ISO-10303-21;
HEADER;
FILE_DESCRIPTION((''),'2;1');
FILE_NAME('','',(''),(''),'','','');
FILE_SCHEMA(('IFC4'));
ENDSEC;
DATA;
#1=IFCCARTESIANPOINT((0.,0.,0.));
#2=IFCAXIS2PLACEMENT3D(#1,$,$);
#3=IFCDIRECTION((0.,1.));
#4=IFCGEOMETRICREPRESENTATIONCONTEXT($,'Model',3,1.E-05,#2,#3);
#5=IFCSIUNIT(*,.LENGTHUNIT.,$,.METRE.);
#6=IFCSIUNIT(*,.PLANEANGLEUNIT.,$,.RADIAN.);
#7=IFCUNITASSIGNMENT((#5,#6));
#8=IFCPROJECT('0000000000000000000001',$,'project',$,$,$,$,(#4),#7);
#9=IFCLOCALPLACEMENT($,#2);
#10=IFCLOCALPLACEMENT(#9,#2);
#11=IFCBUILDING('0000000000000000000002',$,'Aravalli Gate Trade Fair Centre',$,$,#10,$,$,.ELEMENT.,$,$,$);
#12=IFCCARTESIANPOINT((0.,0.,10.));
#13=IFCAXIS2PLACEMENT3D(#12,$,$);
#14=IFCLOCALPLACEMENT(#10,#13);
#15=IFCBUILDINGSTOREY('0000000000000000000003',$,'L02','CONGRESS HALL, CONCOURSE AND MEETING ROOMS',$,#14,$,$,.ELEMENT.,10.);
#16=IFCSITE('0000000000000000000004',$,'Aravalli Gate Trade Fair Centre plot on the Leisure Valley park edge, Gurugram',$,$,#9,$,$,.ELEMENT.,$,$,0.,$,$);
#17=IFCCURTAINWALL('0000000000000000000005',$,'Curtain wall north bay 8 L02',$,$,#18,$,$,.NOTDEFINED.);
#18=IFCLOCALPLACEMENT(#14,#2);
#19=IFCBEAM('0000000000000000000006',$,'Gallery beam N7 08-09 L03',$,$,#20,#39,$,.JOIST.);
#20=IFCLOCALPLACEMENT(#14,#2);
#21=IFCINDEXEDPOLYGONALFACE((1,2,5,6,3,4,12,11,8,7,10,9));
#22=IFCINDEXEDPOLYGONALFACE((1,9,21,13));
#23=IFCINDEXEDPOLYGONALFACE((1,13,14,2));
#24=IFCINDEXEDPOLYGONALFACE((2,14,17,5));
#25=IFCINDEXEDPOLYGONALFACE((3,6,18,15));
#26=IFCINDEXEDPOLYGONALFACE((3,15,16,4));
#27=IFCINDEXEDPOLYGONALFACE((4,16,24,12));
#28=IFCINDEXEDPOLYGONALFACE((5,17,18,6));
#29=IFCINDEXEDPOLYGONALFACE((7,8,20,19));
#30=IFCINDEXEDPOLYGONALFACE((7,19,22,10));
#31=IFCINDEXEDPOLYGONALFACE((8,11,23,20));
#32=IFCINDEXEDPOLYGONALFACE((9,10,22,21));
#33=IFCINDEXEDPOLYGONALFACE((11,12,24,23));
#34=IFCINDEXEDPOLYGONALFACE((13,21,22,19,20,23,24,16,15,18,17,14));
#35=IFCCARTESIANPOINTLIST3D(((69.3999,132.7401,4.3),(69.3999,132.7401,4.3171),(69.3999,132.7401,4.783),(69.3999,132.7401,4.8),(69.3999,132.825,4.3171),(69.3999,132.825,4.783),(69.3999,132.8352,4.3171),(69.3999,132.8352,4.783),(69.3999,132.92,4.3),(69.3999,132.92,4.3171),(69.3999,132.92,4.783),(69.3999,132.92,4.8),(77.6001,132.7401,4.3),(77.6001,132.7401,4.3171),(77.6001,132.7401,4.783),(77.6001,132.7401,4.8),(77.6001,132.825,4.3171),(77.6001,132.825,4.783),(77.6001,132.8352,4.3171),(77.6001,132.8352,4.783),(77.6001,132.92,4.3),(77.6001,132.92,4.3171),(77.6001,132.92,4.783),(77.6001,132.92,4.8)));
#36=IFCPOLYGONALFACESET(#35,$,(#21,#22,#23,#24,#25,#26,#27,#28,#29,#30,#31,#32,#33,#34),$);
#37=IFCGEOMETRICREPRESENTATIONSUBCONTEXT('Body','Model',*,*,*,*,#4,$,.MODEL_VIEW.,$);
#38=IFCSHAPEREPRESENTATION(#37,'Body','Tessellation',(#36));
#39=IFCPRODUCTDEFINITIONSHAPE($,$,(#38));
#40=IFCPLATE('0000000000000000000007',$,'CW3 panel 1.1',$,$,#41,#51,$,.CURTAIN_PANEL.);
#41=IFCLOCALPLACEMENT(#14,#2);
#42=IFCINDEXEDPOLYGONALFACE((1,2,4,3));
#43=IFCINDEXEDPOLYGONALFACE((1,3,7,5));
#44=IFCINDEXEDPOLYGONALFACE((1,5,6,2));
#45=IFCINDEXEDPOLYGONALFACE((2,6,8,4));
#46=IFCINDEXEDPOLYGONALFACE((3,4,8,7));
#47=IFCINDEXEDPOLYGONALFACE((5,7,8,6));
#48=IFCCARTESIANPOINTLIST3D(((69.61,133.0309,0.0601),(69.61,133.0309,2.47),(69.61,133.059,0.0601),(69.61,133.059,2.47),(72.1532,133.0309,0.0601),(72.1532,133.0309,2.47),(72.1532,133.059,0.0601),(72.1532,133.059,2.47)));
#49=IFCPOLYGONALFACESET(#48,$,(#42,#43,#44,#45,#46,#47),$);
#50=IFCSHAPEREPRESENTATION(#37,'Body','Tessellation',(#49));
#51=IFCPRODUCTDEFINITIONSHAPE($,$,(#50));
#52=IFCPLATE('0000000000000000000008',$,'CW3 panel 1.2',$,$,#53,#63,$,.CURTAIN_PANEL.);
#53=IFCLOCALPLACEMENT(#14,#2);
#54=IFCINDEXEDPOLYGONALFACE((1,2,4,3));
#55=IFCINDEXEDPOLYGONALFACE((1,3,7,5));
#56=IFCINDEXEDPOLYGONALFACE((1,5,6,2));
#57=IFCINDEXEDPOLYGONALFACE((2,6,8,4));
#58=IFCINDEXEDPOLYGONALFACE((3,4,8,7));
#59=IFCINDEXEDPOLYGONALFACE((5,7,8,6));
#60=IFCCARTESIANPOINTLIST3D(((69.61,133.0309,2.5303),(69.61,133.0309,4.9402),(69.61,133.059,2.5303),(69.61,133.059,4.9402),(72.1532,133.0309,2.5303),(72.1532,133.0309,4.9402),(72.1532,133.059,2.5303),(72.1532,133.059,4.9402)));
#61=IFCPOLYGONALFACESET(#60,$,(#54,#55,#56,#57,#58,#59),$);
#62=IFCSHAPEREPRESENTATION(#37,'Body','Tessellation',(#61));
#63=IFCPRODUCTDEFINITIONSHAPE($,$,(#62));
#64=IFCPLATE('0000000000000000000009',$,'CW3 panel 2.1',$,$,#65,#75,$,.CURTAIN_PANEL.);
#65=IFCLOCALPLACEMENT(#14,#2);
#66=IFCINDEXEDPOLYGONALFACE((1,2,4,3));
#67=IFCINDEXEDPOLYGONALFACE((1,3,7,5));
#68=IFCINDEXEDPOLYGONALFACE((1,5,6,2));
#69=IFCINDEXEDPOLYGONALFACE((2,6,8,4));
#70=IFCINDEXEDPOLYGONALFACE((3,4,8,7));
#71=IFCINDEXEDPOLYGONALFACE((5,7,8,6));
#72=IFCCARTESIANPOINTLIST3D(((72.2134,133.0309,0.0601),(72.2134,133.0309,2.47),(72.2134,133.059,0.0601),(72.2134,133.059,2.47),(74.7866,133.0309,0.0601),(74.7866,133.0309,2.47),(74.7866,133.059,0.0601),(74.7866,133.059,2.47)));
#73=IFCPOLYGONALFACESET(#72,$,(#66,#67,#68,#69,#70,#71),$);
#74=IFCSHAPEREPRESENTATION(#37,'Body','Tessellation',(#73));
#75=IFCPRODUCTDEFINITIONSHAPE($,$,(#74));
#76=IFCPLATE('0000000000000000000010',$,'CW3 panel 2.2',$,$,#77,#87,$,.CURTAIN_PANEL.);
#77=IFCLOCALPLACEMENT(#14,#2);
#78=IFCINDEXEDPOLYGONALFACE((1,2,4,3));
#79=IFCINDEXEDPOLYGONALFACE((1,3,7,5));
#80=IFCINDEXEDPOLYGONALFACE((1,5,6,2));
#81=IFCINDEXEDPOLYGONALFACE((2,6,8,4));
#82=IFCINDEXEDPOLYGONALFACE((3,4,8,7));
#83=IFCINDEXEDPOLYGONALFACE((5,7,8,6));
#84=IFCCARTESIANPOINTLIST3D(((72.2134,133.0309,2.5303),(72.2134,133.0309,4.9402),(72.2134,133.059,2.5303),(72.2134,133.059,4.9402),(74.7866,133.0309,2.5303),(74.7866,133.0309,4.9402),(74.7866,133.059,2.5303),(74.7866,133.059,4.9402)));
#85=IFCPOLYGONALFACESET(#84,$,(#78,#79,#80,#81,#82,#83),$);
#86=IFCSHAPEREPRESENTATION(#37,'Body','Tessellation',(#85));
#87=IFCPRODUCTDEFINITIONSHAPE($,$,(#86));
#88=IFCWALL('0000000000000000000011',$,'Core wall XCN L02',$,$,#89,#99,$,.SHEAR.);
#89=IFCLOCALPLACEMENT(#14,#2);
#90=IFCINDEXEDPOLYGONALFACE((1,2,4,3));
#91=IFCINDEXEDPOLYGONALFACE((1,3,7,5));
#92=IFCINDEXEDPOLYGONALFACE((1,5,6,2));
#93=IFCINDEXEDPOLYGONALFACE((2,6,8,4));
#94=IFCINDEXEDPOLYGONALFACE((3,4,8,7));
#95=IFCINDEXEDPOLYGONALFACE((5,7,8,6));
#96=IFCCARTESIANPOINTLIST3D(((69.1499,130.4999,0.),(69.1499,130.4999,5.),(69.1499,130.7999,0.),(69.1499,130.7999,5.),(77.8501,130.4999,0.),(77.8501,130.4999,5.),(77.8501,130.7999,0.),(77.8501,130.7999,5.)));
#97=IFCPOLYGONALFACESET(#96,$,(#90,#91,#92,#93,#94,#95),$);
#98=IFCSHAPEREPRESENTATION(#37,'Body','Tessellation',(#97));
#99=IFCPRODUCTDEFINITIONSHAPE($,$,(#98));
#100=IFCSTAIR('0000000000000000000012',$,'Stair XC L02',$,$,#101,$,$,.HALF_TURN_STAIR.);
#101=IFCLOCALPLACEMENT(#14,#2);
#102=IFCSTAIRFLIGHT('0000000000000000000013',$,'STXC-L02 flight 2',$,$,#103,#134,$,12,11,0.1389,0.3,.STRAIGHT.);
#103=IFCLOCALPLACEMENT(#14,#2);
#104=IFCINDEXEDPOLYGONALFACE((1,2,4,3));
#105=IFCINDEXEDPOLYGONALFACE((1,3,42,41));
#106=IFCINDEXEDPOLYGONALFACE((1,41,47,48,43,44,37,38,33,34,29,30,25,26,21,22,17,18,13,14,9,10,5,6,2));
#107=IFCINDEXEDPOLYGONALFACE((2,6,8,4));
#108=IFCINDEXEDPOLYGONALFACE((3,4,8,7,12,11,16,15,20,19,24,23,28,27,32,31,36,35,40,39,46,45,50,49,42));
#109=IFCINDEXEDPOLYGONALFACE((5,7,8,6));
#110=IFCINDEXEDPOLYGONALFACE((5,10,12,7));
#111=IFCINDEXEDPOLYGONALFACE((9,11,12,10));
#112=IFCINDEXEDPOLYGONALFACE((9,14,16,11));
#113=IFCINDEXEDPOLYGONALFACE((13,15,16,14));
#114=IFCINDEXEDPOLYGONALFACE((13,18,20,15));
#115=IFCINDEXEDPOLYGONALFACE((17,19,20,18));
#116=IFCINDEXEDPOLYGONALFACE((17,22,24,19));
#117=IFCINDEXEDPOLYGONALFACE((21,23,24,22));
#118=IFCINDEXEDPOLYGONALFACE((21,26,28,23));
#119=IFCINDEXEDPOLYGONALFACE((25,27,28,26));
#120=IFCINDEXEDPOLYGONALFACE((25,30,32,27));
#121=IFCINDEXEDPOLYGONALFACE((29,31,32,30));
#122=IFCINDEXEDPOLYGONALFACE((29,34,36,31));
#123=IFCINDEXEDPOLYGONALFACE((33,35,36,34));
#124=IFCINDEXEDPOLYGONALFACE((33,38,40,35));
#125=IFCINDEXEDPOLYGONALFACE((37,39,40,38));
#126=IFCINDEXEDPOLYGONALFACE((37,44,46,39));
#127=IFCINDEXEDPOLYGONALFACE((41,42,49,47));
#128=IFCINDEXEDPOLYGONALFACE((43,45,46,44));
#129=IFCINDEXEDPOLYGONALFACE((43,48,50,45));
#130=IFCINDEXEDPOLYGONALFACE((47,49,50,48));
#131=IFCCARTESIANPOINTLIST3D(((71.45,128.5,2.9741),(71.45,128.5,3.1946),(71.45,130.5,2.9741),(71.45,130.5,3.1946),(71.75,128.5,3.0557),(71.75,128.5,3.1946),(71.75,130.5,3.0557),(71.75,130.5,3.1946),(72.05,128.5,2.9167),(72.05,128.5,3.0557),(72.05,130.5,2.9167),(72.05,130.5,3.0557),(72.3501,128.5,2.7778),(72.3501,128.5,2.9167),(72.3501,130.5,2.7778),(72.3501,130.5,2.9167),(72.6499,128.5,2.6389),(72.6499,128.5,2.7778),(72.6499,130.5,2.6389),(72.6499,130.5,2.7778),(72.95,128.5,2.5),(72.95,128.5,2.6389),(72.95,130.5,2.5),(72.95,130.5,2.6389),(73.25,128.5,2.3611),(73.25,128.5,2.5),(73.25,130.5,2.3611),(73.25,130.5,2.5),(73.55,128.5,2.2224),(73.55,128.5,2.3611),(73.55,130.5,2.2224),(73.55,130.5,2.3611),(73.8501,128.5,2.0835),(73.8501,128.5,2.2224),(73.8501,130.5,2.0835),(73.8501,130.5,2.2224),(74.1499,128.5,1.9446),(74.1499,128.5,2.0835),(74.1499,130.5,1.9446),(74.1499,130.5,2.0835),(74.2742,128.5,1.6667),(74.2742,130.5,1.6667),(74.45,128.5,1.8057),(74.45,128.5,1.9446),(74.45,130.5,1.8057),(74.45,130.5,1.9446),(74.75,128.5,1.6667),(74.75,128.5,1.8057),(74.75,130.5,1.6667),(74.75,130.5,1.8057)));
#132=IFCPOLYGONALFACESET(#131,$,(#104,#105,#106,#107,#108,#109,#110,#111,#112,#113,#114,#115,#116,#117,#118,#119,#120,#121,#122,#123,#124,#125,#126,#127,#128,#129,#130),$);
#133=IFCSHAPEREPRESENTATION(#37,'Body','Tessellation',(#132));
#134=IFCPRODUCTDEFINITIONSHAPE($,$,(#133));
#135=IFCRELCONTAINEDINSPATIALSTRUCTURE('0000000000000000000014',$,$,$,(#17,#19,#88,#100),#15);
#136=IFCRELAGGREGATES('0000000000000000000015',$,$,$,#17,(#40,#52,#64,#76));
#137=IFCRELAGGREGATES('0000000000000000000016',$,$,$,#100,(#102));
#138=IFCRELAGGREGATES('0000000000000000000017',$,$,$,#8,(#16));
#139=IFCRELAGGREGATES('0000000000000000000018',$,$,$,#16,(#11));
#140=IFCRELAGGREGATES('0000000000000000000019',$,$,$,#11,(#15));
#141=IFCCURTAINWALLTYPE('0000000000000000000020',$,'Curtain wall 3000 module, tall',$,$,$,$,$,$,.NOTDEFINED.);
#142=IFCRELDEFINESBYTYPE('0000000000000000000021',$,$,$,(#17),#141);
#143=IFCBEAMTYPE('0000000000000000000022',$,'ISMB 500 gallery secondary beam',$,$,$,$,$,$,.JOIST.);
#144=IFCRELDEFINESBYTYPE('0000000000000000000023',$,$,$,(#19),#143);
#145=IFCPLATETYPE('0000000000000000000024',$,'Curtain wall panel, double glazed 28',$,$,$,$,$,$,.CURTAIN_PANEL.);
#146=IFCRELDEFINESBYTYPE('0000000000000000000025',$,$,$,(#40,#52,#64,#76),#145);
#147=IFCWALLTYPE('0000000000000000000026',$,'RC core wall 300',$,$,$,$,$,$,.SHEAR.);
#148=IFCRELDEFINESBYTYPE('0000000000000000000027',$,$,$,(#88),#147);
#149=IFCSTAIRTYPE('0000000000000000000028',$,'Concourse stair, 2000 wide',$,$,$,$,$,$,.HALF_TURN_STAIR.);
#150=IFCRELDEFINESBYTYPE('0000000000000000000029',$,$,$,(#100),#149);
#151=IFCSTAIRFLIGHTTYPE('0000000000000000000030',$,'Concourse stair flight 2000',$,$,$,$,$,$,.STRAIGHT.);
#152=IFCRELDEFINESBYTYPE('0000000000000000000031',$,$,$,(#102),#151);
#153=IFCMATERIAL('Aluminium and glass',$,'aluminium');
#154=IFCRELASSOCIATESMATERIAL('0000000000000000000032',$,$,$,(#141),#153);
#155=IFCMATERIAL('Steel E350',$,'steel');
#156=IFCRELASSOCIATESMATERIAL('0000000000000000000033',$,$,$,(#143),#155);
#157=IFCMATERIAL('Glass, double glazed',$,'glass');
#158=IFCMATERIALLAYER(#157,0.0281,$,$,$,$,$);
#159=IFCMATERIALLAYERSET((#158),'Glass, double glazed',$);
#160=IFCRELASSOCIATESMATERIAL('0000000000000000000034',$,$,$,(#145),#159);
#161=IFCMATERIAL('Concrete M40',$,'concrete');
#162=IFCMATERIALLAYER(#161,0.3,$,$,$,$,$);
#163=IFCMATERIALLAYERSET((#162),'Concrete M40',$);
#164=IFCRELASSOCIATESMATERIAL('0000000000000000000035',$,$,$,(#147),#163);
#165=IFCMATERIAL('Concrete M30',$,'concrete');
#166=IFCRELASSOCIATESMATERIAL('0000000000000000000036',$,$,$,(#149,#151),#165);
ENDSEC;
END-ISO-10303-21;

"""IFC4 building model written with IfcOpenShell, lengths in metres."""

from ifc_helpers import new_model, si_unit, direction, frame, frame_2d, origin, origin_2d, place, context, subcontext, project, spatial, polyline, rectangle, i_section, outline, extrude, material, layer, layer_set, material_profile, profile_set, type_object, element, aggregate, save


model = new_model("IFC4")

# Units and contexts
model_context = context("Model", 3, precision=1e-05, world=origin(), true_north=direction((0.0, 1.0)))
body_context = subcontext(model_context, "Body", "Model", "MODEL_VIEW")
ifc_project = project(units=[si_unit("LENGTHUNIT", "METRE"), si_unit("PLANEANGLEUNIT", "RADIAN")], contexts=[model_context])

# Site, building, storey
site_placement = place(None, origin())
site = spatial("IfcSite", under=ifc_project, at=site_placement, Name="Aravalli Gate Trade Fair Centre plot on the Leisure Valley park edge, Gurugram", CompositionType="ELEMENT", RefElevation=0.0)
building_placement = place(site_placement, origin())
building = spatial("IfcBuilding", under=site, at=building_placement, Name="Aravalli Gate Trade Fair Centre", CompositionType="ELEMENT")
storey_placement = place(building_placement, frame((0.0, 0.0, 10.0)))
storey = spatial("IfcBuildingStorey", under=building, at=storey_placement, Name="L02", Description="CONGRESS HALL, CONCOURSE AND MEETING ROOMS", CompositionType="ELEMENT", Elevation=10.0)

# Curtain wall
ifc_material_1 = material(Name="Aluminium and glass", Category="aluminium")
curtain_wall_type = type_object("IfcCurtainWallType", Name="Curtain wall 3000 module, tall", PredefinedType="NOTDEFINED", material=ifc_material_1)
curtain_wall_placement = place(storey_placement, origin())
curtain_wall = element("IfcCurtainWall", 1, at=curtain_wall_placement, inside=storey, type_object=curtain_wall_type, Name="Curtain wall north bay 8 L02", PredefinedType="NOTDEFINED")

# Beam
ifc_material_2 = material(Name="Steel E350", Category="steel")
ifc_material_profile_1 = material_profile(ifc_material_2, i_section(OverallWidth=0.1799, OverallDepth=0.5, WebThickness=0.0103, FlangeThickness=0.0171, at=origin_2d()), Name="ISMB 500")
ifc_profile_set_1 = profile_set([ifc_material_profile_1], Name="Steel E350")
beam_type = type_object("IfcBeamType", Name="ISMB 500 gallery secondary beam", PredefinedType="JOIST", material=ifc_profile_set_1)
beam_placement = place(storey_placement, frame((69.3999, 132.8301, 4.55), z_axis=(1.0, 0.0, 0.0), x_axis=(0.0, 1.0, 0.0)))
element("IfcBeam", 2, at=beam_placement, inside=storey, type_object=beam_type, Name="Gallery beam N7 08-09 L03", PredefinedType="JOIST", context=body_context, shape_type="SweptSolid", body=[
    extrude(i_section(OverallWidth=0.1799, OverallDepth=0.5, WebThickness=0.0103, FlangeThickness=0.0171, at=origin_2d()), origin(), (0.0, 0.0, 1.0), 8.2002),
])

# Plates
ifc_material_3 = material(Name="Glass, double glazed", Category="glass")
ifc_layer_1 = layer(ifc_material_3, 0.0281)
ifc_layer_set_1 = layer_set([ifc_layer_1], Name="Glass, double glazed")
plate_type = type_object("IfcPlateType", Name="Curtain wall panel, double glazed 28", PredefinedType="CURTAIN_PANEL", material=ifc_layer_set_1)
plate_1_placement = place(storey_placement, frame((70.8816, 133.0449, 0.0601), z_axis=(0.0, 0.0, 1.0), x_axis=(1.0, 0.0, 0.0)))
plate_1 = element("IfcPlate", 3, at=plate_1_placement, type_object=plate_type, Name="CW3 panel 1.1", PredefinedType="CURTAIN_PANEL", context=body_context, shape_type="SweptSolid", body=[
    extrude(rectangle(XDim=2.5432, YDim=0.0281, at=origin_2d()), origin(), (0.0, 0.0, 1.0), 2.4099),
])
plate_2_placement = place(storey_placement, frame((70.8816, 133.0449, 2.5303), z_axis=(0.0, 0.0, 1.0), x_axis=(1.0, 0.0, 0.0)))
plate_2 = element("IfcPlate", 4, at=plate_2_placement, type_object=plate_type, Name="CW3 panel 1.2", PredefinedType="CURTAIN_PANEL", context=body_context, shape_type="SweptSolid", body=[
    extrude(rectangle(XDim=2.5432, YDim=0.0281, at=origin_2d()), origin(), (0.0, 0.0, 1.0), 2.4099),
])
plate_3_placement = place(storey_placement, frame((73.5, 133.0449, 0.0601), z_axis=(0.0, 0.0, 1.0), x_axis=(1.0, 0.0, 0.0)))
plate_3 = element("IfcPlate", 5, at=plate_3_placement, type_object=plate_type, Name="CW3 panel 2.1", PredefinedType="CURTAIN_PANEL", context=body_context, shape_type="SweptSolid", body=[
    extrude(rectangle(XDim=2.5732, YDim=0.0281, at=origin_2d()), origin(), (0.0, 0.0, 1.0), 2.4099),
])
plate_4_placement = place(storey_placement, frame((73.5, 133.0449, 2.5303), z_axis=(0.0, 0.0, 1.0), x_axis=(1.0, 0.0, 0.0)))
plate_4 = element("IfcPlate", 6, at=plate_4_placement, type_object=plate_type, Name="CW3 panel 2.2", PredefinedType="CURTAIN_PANEL", context=body_context, shape_type="SweptSolid", body=[
    extrude(rectangle(XDim=2.5732, YDim=0.0281, at=origin_2d()), origin(), (0.0, 0.0, 1.0), 2.4099),
])
aggregate(curtain_wall, [plate_1, plate_2, plate_3, plate_4])

# Wall
ifc_material_4 = material(Name="Concrete M40", Category="concrete")
ifc_layer_2 = layer(ifc_material_4, 0.3)
ifc_layer_set_2 = layer_set([ifc_layer_2], Name="Concrete M40")
wall_type = type_object("IfcWallType", Name="RC core wall 300", PredefinedType="SHEAR", material=ifc_layer_set_2)
wall_placement = place(storey_placement, frame((69.1499, 130.6499, 0.0), z_axis=(0.0, 0.0, 1.0), x_axis=(1.0, 0.0, 0.0)))
element("IfcWall", 7, at=wall_placement, inside=storey, type_object=wall_type, Name="Core wall XCN L02", PredefinedType="SHEAR", context=body_context, shape_type="SweptSolid", body=[
    extrude(rectangle(XDim=8.7002, YDim=0.3, at=frame_2d((4.3501, 0.0))), origin(), (0.0, 0.0, 1.0), 5.0),
])

# Stair, stair flight
ifc_material_5 = material(Name="Concrete M30", Category="concrete")
stair_type = type_object("IfcStairType", Name="Concourse stair, 2000 wide", PredefinedType="HALF_TURN_STAIR", material=ifc_material_5)
stair_placement = place(storey_placement, origin())
stair = element("IfcStair", 8, at=stair_placement, inside=storey, type_object=stair_type, Name="Stair XC L02", PredefinedType="HALF_TURN_STAIR")
stair_flight_type = type_object("IfcStairFlightType", Name="Concourse stair flight 2000", PredefinedType="STRAIGHT", material=ifc_material_5)
stair_flight_placement = place(storey_placement, frame((74.75, 129.5, 1.6667), z_axis=(0.0, 0.0, 1.0), x_axis=(-1.0, 0.0, 0.0)))
stair_flight = element("IfcStairFlight", 9, at=stair_flight_placement, type_object=stair_flight_type, Name="STXC-L02 flight 2", NumberOfRisers=12, NumberOfTreads=11, PredefinedType="STRAIGHT", RiserHeight=0.1389, TreadLength=0.3, context=body_context, shape_type="SweptSolid", body=[
    extrude(outline(polyline([(0.0, 0.0), (0.0, 0.1389), (0.3, 0.1389), (0.3, 0.2778), (0.6001, 0.2778), (0.6001, 0.4167), (0.8999, 0.4167), (0.8999, 0.5557), (1.2, 0.5557), (1.2, 0.6943), (1.5, 0.6943), (1.5, 0.8333), (1.8, 0.8333), (1.8, 0.9722), (2.1001, 0.9722), (2.1001, 1.1111), (2.3999, 1.1111), (2.3999, 1.25), (2.7, 1.25), (2.7, 1.3889), (3.0, 1.3889), (3.0, 1.5278), (3.3, 1.5278), (3.3, 1.6667), (3.3, 1.3074), (0.4758, 0.0), (0.0, 0.0)])), frame((0.0, 1.0, 0.0), z_axis=(0.0, -1.0, 0.0), x_axis=(1.0, 0.0, 0.0)), (0.0, 0.0, 1.0), 2.0),
])
aggregate(stair, [stair_flight])

save(model, "model.ifc")
